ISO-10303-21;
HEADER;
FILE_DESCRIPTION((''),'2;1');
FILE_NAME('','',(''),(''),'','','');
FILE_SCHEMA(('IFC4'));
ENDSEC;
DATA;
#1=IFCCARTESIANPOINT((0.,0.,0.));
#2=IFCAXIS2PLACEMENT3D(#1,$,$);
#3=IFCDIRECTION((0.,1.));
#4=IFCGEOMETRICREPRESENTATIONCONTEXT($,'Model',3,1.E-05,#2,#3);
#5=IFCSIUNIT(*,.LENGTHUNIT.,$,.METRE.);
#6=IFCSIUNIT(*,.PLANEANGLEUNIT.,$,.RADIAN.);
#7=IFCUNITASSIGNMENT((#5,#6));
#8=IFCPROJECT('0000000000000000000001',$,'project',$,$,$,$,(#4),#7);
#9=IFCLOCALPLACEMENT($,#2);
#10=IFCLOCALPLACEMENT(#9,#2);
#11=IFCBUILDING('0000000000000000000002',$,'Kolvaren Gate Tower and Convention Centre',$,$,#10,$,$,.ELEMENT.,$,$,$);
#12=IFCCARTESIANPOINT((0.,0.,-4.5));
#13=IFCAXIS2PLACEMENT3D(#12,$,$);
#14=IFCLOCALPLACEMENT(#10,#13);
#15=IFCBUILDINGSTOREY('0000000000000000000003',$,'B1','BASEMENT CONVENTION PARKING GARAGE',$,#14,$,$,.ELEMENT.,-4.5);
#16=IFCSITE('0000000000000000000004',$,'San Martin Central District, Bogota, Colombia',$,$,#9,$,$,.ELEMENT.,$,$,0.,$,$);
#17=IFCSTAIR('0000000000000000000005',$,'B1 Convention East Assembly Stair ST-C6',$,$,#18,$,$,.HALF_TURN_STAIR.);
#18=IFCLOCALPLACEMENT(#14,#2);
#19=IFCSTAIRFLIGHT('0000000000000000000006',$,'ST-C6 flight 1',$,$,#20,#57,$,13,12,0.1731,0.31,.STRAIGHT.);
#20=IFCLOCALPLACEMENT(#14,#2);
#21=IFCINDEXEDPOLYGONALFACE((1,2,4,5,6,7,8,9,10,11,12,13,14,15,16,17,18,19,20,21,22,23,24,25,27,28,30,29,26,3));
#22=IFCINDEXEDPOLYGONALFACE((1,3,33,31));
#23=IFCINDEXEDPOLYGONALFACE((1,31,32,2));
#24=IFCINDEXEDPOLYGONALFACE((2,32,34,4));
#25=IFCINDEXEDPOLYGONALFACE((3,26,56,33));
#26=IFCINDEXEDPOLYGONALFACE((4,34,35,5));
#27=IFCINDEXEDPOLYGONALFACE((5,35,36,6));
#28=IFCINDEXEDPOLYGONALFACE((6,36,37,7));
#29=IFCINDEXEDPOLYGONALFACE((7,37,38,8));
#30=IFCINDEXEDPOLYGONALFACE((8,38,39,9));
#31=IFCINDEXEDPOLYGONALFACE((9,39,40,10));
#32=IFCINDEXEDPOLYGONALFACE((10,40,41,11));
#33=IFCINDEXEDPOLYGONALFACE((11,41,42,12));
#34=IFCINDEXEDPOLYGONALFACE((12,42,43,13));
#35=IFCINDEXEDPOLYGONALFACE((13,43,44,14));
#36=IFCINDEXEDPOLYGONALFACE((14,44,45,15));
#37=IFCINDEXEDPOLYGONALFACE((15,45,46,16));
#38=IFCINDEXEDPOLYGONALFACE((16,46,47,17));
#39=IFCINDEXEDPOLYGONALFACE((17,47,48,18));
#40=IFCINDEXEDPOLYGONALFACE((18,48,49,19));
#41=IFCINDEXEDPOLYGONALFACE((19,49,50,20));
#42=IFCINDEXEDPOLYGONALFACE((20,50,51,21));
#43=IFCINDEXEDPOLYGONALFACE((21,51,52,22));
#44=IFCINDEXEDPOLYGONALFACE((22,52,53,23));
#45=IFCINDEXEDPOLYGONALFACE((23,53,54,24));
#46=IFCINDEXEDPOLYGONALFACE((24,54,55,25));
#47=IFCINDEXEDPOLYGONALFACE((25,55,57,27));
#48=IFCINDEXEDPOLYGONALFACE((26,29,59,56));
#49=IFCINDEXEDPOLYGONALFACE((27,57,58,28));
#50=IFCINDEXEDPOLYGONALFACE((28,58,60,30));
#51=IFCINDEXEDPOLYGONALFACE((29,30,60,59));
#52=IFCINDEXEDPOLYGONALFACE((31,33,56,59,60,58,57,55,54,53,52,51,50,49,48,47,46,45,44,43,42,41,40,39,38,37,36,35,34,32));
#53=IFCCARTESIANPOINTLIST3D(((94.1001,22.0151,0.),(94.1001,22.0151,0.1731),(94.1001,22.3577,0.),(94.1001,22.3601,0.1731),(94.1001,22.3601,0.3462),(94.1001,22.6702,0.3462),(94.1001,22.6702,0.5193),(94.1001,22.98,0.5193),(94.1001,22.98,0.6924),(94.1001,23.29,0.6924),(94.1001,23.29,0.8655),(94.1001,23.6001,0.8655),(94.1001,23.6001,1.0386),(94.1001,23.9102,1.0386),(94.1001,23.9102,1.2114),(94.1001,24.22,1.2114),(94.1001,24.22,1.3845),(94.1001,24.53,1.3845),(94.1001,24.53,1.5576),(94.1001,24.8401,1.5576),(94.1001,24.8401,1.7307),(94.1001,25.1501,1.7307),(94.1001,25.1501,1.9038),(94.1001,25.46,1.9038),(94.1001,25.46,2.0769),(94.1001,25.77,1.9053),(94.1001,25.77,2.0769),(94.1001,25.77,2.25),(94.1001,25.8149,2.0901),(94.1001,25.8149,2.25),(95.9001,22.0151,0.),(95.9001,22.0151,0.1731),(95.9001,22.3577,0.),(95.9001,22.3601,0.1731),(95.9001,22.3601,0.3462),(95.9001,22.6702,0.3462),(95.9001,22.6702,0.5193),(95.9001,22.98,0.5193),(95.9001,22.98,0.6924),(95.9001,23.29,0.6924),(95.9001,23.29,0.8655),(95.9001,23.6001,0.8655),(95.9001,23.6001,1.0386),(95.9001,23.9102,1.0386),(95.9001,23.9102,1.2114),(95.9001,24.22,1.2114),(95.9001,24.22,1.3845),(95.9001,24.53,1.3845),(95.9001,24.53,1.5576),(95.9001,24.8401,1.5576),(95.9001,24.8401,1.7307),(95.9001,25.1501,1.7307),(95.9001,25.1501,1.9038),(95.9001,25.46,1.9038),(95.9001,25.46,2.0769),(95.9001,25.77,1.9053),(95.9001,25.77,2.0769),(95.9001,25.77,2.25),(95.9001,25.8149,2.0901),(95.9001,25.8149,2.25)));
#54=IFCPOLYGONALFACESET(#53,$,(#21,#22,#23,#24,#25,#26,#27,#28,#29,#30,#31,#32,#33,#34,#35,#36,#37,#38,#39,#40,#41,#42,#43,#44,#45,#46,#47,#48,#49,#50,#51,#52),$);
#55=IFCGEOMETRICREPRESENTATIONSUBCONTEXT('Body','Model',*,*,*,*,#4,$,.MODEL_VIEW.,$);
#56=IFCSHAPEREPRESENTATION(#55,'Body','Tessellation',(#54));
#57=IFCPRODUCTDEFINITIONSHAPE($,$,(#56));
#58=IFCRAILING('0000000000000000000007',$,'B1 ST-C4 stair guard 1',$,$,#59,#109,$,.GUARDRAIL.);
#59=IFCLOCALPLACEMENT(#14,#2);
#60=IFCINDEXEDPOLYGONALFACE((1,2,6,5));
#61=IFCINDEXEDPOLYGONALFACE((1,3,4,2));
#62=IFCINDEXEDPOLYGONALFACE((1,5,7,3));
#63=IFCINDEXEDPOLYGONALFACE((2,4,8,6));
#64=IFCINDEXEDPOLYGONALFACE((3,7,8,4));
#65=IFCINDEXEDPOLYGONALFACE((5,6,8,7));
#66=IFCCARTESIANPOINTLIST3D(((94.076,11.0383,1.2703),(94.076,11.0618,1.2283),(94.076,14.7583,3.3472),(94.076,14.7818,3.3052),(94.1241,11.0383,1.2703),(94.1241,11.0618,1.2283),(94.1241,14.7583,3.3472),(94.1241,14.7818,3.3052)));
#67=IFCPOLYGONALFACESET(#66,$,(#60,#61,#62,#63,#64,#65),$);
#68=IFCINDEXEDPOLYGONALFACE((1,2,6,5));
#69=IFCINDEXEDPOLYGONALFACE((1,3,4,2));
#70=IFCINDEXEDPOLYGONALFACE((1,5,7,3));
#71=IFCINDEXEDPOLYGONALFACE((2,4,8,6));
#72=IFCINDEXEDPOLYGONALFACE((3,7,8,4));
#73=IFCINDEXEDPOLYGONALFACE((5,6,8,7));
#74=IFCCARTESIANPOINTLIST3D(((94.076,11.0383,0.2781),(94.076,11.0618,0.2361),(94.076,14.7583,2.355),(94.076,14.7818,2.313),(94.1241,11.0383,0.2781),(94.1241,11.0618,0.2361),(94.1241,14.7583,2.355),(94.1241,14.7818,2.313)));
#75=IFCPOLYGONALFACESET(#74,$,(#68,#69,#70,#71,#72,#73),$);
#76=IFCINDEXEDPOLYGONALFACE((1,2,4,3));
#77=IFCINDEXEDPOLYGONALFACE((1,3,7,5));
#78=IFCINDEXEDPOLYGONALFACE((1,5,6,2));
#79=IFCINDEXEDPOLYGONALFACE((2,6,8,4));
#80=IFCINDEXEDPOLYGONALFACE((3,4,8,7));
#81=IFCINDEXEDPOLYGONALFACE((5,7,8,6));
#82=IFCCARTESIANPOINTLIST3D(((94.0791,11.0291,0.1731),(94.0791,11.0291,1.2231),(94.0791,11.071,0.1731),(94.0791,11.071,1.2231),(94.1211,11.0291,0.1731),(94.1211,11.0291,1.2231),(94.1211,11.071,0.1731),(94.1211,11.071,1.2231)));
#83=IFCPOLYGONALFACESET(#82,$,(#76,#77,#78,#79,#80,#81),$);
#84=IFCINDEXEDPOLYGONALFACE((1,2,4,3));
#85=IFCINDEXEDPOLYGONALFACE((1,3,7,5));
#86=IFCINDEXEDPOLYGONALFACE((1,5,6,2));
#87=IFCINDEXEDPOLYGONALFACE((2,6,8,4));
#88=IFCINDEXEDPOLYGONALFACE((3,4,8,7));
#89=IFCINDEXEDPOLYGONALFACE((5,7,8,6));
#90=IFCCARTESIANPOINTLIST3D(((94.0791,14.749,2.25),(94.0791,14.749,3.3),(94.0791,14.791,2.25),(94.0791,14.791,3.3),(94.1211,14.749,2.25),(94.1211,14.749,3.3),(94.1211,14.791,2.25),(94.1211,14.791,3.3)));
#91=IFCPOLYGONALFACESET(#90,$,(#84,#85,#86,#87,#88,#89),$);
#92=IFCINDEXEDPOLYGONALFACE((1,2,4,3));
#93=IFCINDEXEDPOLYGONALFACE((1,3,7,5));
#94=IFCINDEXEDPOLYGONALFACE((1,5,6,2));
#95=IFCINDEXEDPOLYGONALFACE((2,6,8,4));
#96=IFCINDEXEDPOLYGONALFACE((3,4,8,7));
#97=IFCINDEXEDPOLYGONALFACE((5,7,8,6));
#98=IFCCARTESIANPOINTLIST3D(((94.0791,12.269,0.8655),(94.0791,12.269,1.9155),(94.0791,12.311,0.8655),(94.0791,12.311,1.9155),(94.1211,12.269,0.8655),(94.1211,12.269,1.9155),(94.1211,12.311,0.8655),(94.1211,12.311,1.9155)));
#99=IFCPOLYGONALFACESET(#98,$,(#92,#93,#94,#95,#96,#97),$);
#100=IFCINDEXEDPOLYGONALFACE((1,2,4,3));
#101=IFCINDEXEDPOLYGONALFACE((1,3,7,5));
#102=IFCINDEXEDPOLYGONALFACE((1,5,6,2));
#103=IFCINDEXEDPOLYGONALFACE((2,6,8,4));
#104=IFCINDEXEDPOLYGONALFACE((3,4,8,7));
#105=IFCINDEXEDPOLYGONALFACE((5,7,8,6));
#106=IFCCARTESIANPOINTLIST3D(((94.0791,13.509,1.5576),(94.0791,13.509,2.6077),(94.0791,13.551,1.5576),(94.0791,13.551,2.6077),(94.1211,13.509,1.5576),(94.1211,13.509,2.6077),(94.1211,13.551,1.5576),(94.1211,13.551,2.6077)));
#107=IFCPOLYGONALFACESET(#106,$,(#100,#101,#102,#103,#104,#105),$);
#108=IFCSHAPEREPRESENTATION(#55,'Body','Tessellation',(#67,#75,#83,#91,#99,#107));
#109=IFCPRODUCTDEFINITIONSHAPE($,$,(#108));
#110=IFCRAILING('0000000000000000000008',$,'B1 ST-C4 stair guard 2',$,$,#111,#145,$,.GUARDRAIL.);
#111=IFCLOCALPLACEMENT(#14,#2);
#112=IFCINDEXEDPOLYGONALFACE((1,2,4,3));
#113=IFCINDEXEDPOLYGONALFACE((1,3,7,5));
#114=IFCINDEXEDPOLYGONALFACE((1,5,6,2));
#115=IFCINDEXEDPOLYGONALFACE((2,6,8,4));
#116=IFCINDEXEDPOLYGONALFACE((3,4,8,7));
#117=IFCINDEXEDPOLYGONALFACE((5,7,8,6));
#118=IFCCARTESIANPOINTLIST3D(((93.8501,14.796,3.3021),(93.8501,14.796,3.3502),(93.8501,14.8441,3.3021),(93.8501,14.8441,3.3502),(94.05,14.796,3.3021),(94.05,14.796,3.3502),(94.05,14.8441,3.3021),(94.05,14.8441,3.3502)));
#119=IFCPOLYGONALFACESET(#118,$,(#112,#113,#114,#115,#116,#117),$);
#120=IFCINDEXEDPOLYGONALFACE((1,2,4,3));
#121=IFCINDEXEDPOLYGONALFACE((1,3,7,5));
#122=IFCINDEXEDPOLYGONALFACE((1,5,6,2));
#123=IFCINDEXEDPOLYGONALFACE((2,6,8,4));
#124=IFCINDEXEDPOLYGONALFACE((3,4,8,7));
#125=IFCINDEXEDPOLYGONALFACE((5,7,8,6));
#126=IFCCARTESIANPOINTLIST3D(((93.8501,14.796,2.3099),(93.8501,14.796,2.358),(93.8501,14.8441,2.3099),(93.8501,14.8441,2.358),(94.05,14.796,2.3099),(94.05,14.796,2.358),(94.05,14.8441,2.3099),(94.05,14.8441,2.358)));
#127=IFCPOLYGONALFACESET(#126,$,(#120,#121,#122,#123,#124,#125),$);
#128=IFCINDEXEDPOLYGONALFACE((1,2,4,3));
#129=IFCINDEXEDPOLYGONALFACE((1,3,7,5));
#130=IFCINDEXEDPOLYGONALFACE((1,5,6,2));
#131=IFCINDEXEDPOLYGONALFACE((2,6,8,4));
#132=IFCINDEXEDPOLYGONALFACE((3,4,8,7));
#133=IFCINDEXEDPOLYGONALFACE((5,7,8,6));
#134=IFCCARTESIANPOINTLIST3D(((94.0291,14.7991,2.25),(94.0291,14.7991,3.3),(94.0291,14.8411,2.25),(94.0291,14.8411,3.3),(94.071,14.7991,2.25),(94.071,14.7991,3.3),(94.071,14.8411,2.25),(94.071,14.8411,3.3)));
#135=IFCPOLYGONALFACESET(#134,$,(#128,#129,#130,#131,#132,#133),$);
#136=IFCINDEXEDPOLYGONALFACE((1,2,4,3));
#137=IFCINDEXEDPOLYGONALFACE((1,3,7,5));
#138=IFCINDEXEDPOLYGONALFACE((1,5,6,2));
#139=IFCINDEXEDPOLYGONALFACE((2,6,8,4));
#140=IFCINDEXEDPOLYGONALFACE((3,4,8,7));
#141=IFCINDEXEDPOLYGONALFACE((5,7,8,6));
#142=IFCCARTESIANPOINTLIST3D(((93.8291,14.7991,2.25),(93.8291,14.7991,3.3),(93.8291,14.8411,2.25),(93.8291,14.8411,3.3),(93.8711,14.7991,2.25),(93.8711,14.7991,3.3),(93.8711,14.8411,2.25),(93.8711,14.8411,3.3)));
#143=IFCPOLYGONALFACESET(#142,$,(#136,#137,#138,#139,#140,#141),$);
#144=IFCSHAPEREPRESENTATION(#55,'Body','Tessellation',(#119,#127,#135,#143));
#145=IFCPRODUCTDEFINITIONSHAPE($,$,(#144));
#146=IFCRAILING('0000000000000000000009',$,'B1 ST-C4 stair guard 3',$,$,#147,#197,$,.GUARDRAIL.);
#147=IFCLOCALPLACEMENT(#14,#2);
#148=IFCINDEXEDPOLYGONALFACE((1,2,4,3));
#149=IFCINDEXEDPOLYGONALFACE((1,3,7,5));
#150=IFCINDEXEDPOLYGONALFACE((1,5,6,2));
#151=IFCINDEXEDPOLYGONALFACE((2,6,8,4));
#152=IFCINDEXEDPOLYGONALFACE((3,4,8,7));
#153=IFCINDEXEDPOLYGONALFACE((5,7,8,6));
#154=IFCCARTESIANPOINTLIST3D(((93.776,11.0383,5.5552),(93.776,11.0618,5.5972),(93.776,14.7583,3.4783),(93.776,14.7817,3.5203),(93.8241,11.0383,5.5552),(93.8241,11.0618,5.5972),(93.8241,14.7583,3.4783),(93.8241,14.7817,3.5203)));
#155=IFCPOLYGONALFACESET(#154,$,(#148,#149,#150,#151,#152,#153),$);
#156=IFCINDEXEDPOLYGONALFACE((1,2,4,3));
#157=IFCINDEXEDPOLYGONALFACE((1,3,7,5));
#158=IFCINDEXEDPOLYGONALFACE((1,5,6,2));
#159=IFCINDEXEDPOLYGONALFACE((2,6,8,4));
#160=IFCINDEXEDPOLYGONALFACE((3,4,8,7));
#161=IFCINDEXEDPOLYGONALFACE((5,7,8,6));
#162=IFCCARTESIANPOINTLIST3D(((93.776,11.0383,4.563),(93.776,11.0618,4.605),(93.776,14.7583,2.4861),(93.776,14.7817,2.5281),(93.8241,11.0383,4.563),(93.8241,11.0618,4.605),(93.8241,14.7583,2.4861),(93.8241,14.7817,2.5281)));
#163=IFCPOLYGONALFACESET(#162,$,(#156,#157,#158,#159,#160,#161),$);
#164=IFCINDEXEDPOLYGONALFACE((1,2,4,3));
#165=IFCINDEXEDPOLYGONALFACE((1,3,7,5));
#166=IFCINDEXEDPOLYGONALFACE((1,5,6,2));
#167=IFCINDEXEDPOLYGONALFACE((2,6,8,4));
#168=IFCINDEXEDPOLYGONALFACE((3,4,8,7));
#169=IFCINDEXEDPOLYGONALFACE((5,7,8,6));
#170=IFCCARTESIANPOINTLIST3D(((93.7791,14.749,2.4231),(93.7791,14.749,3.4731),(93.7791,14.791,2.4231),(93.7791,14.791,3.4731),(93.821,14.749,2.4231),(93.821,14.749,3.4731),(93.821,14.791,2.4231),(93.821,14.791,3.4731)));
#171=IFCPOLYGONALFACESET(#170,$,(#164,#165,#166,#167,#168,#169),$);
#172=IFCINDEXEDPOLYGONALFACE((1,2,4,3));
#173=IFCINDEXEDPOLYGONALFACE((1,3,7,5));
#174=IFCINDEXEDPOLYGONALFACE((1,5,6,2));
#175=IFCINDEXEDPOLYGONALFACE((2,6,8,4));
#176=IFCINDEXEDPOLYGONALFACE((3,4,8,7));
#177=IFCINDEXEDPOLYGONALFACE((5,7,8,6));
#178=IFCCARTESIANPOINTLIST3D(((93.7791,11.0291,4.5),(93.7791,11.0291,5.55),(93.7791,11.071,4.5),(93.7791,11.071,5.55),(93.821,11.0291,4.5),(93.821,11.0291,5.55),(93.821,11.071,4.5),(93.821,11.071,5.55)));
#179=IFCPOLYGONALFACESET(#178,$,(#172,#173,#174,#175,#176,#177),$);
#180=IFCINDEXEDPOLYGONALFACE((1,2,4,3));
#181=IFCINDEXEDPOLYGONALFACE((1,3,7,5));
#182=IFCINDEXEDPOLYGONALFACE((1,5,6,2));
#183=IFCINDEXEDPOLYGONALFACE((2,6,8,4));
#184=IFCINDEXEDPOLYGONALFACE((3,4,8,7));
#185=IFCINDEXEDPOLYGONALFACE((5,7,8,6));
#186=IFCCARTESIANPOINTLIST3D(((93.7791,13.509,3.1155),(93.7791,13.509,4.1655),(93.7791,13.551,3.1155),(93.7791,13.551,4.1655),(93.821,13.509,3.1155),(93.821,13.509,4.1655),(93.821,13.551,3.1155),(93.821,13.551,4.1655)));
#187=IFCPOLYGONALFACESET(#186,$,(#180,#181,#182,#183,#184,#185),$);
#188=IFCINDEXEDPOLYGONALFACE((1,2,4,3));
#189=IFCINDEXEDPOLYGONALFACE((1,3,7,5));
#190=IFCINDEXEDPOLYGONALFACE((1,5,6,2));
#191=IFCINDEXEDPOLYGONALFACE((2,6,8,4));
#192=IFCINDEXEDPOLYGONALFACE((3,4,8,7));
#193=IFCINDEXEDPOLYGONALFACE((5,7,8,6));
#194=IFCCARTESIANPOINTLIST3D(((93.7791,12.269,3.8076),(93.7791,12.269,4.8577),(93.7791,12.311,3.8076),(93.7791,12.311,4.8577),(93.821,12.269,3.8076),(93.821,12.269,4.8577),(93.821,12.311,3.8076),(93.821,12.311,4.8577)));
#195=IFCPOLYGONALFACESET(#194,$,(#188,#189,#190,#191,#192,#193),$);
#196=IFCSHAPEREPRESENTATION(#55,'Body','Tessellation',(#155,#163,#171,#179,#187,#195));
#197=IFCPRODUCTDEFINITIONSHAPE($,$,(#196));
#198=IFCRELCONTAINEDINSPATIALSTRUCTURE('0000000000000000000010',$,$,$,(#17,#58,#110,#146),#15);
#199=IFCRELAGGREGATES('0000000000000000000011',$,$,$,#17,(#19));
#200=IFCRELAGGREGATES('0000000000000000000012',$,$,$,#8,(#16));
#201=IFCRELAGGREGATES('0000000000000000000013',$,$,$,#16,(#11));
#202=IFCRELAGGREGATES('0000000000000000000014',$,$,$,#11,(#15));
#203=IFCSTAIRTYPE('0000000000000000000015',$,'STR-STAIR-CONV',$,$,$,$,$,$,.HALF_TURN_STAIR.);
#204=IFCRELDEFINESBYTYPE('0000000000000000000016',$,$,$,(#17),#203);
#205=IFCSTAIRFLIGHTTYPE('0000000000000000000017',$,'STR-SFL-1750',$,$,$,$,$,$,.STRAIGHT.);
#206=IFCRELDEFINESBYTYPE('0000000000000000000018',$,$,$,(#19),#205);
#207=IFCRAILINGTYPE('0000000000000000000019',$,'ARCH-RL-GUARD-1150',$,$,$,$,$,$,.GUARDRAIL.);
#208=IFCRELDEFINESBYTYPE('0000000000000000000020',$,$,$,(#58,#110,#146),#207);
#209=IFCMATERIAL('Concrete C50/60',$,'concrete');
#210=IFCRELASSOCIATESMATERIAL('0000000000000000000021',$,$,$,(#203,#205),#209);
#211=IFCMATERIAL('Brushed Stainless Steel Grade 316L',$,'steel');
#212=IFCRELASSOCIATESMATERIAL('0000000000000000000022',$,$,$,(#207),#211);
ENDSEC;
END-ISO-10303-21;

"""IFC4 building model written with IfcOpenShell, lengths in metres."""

from ifc_helpers import new_model, si_unit, direction, frame, origin, origin_2d, place, context, subcontext, project, spatial, polyline, rectangle, outline, extrude, material, type_object, element, aggregate, save


model = new_model("IFC4")

# Units and contexts
model_context = context("Model", 3, precision=1e-05, world=origin(), true_north=direction((0.0, 1.0)))
body_context = subcontext(model_context, "Body", "Model", "MODEL_VIEW")
ifc_project = project(units=[si_unit("LENGTHUNIT", "METRE"), si_unit("PLANEANGLEUNIT", "RADIAN")], contexts=[model_context])

# Site, building, storey
site_placement = place(None, origin())
site = spatial("IfcSite", under=ifc_project, at=site_placement, Name="San Martin Central District, Bogota, Colombia", CompositionType="ELEMENT", RefElevation=0.0)
building_placement = place(site_placement, origin())
building = spatial("IfcBuilding", under=site, at=building_placement, Name="Kolvaren Gate Tower and Convention Centre", CompositionType="ELEMENT")
storey_placement = place(building_placement, frame((0.0, 0.0, -4.5)))
storey = spatial("IfcBuildingStorey", under=building, at=storey_placement, Name="B1", Description="BASEMENT CONVENTION PARKING GARAGE", CompositionType="ELEMENT", Elevation=-4.5)

# Shared definitions
ifc_material_1 = material(Name="Concrete C50/60", Category="concrete")

# Shared definitions
stair_type = type_object("IfcStairType", Name="STR-STAIR-CONV", PredefinedType="HALF_TURN_STAIR", material=ifc_material_1)
stair_flight_type = type_object("IfcStairFlightType", Name="STR-SFL-1750", PredefinedType="STRAIGHT", material=ifc_material_1)

# Stair, stair flight
stair_1_placement = place(storey_placement, origin())
stair_1 = element("IfcStair", 1, at=stair_1_placement, inside=storey, type_object=stair_type, Name="B1 Convention East Assembly Stair ST-C6", PredefinedType="HALF_TURN_STAIR")
stair_flight_1_placement = place(storey_placement, frame((95.0, 22.05, 0.0), z_axis=(0.0, 0.0, 1.0), x_axis=(0.0, 1.0, 0.0)))
stair_flight_1 = element("IfcStairFlight", 2, at=stair_flight_1_placement, type_object=stair_flight_type, Name="ST-C6 flight 1", NumberOfRisers=13, NumberOfTreads=12, PredefinedType="STRAIGHT", RiserHeight=0.1731, TreadLength=0.31, context=body_context, shape_type="SweptSolid", body=[
    extrude(outline(polyline([(-0.0349, 0.0), (-0.0349, 0.1731), (0.3101, 0.1731), (0.3101, 0.3462), (0.6201, 0.3462), (0.6201, 0.5193), (0.9299, 0.5193), (0.9299, 0.6924), (1.24, 0.6924), (1.24, 0.8655), (1.55, 0.8655), (1.55, 1.0386), (1.8601, 1.0386), (1.8601, 1.2114), (2.1699, 1.2114), (2.1699, 1.3845), (2.48, 1.3845), (2.48, 1.5576), (2.79, 1.5576), (2.79, 1.7307), (3.1001, 1.7307), (3.1001, 1.9038), (3.4099, 1.9038), (3.4099, 2.0769), (3.72, 2.0769), (3.72, 2.25), (3.7649, 2.25), (3.7649, 2.0901), (3.72, 1.9053), (0.3076, 0.0), (-0.0349, 0.0)])), frame((0.0, 0.8999, 0.0), z_axis=(0.0, -1.0, 0.0), x_axis=(1.0, 0.0, 0.0)), (0.0, 0.0, 1.0), 1.8),
])
aggregate(stair_1, [stair_flight_1])

# Railings
ifc_material_2 = material(Name="Brushed Stainless Steel Grade 316L", Category="steel")
railing_type_1 = type_object("IfcRailingType", Name="ARCH-RL-GUARD-1150", PredefinedType="GUARDRAIL", material=ifc_material_2)
railing_1_placement = place(storey_placement, frame((94.1001, 11.05, 0.1731)))
element("IfcRailing", 3, at=railing_1_placement, inside=storey, type_object=railing_type_1, Name="B1 ST-C4 stair guard 1", PredefinedType="GUARDRAIL", context=body_context, shape_type="SweptSolid", body=[
    extrude(rectangle(XDim=0.0481, YDim=0.0481, at=origin_2d()), frame((0.0, 0.0, 1.0762), z_axis=(0.0, 0.873134, 0.487481), x_axis=(-1.0, 0.0, 0.0)), (0.0, 0.0, 1.0), 4.2605),
    extrude(rectangle(XDim=0.0481, YDim=0.0481, at=origin_2d()), frame((0.0, 0.0, 0.084), z_axis=(0.0, 0.873134, 0.487481), x_axis=(-1.0, 0.0, 0.0)), (0.0, 0.0, 1.0), 4.2605),
    extrude(rectangle(XDim=0.042, YDim=0.042, at=origin_2d()), origin(), (0.0, 0.0, 1.0), 1.05),
    extrude(rectangle(XDim=0.042, YDim=0.042, at=origin_2d()), frame((0.0, 3.72, 2.0769)), (0.0, 0.0, 1.0), 1.05),
    extrude(rectangle(XDim=0.042, YDim=0.042, at=origin_2d()), frame((0.0, 1.24, 0.6924)), (0.0, 0.0, 1.0), 1.05),
    extrude(rectangle(XDim=0.042, YDim=0.042, at=origin_2d()), frame((0.0, 2.48, 1.3845)), (0.0, 0.0, 1.0), 1.05),
])
railing_2_placement = place(storey_placement, frame((94.05, 14.8201, 2.25)))
element("IfcRailing", 4, at=railing_2_placement, inside=storey, type_object=railing_type_1, Name="B1 ST-C4 stair guard 2", PredefinedType="GUARDRAIL", context=body_context, shape_type="SweptSolid", body=[
    extrude(rectangle(XDim=0.0481, YDim=0.0481, at=origin_2d()), frame((0.0, 0.0, 1.0762), z_axis=(-1.0, 0.0, 0.0), x_axis=(0.0, -1.0, 0.0)), (0.0, 0.0, 1.0), 0.2),
    extrude(rectangle(XDim=0.0481, YDim=0.0481, at=origin_2d()), frame((0.0, 0.0, 0.084), z_axis=(-1.0, 0.0, 0.0), x_axis=(0.0, -1.0, 0.0)), (0.0, 0.0, 1.0), 0.2),
    extrude(rectangle(XDim=0.042, YDim=0.042, at=origin_2d()), origin(), (0.0, 0.0, 1.0), 1.05),
    extrude(rectangle(XDim=0.042, YDim=0.042, at=origin_2d()), frame((-0.2, 0.0, 0.0)), (0.0, 0.0, 1.0), 1.05),
])
railing_3_placement = place(storey_placement, frame((93.8, 14.77, 2.4231)))
element("IfcRailing", 5, at=railing_3_placement, inside=storey, type_object=railing_type_1, Name="B1 ST-C4 stair guard 3", PredefinedType="GUARDRAIL", context=body_context, shape_type="SweptSolid", body=[
    extrude(rectangle(XDim=0.0481, YDim=0.0481, at=origin_2d()), frame((0.0, 0.0, 1.0762), z_axis=(0.0, -0.873134, 0.487481), x_axis=(1.0, 0.0, 0.0)), (0.0, 0.0, 1.0), 4.2605),
    extrude(rectangle(XDim=0.0481, YDim=0.0481, at=origin_2d()), frame((0.0, 0.0, 0.084), z_axis=(0.0, -0.873134, 0.487481), x_axis=(1.0, 0.0, 0.0)), (0.0, 0.0, 1.0), 4.2605),
    extrude(rectangle(XDim=0.042, YDim=0.042, at=origin_2d()), origin(), (0.0, 0.0, 1.0), 1.05),
    extrude(rectangle(XDim=0.042, YDim=0.042, at=origin_2d()), frame((0.0, -3.72, 2.0769)), (0.0, 0.0, 1.0), 1.05),
    extrude(rectangle(XDim=0.042, YDim=0.042, at=origin_2d()), frame((0.0, -1.24, 0.6924)), (0.0, 0.0, 1.0), 1.05),
    extrude(rectangle(XDim=0.042, YDim=0.042, at=origin_2d()), frame((0.0, -2.48, 1.3845)), (0.0, 0.0, 1.0), 1.05),
])

save(model, "model.ifc")
